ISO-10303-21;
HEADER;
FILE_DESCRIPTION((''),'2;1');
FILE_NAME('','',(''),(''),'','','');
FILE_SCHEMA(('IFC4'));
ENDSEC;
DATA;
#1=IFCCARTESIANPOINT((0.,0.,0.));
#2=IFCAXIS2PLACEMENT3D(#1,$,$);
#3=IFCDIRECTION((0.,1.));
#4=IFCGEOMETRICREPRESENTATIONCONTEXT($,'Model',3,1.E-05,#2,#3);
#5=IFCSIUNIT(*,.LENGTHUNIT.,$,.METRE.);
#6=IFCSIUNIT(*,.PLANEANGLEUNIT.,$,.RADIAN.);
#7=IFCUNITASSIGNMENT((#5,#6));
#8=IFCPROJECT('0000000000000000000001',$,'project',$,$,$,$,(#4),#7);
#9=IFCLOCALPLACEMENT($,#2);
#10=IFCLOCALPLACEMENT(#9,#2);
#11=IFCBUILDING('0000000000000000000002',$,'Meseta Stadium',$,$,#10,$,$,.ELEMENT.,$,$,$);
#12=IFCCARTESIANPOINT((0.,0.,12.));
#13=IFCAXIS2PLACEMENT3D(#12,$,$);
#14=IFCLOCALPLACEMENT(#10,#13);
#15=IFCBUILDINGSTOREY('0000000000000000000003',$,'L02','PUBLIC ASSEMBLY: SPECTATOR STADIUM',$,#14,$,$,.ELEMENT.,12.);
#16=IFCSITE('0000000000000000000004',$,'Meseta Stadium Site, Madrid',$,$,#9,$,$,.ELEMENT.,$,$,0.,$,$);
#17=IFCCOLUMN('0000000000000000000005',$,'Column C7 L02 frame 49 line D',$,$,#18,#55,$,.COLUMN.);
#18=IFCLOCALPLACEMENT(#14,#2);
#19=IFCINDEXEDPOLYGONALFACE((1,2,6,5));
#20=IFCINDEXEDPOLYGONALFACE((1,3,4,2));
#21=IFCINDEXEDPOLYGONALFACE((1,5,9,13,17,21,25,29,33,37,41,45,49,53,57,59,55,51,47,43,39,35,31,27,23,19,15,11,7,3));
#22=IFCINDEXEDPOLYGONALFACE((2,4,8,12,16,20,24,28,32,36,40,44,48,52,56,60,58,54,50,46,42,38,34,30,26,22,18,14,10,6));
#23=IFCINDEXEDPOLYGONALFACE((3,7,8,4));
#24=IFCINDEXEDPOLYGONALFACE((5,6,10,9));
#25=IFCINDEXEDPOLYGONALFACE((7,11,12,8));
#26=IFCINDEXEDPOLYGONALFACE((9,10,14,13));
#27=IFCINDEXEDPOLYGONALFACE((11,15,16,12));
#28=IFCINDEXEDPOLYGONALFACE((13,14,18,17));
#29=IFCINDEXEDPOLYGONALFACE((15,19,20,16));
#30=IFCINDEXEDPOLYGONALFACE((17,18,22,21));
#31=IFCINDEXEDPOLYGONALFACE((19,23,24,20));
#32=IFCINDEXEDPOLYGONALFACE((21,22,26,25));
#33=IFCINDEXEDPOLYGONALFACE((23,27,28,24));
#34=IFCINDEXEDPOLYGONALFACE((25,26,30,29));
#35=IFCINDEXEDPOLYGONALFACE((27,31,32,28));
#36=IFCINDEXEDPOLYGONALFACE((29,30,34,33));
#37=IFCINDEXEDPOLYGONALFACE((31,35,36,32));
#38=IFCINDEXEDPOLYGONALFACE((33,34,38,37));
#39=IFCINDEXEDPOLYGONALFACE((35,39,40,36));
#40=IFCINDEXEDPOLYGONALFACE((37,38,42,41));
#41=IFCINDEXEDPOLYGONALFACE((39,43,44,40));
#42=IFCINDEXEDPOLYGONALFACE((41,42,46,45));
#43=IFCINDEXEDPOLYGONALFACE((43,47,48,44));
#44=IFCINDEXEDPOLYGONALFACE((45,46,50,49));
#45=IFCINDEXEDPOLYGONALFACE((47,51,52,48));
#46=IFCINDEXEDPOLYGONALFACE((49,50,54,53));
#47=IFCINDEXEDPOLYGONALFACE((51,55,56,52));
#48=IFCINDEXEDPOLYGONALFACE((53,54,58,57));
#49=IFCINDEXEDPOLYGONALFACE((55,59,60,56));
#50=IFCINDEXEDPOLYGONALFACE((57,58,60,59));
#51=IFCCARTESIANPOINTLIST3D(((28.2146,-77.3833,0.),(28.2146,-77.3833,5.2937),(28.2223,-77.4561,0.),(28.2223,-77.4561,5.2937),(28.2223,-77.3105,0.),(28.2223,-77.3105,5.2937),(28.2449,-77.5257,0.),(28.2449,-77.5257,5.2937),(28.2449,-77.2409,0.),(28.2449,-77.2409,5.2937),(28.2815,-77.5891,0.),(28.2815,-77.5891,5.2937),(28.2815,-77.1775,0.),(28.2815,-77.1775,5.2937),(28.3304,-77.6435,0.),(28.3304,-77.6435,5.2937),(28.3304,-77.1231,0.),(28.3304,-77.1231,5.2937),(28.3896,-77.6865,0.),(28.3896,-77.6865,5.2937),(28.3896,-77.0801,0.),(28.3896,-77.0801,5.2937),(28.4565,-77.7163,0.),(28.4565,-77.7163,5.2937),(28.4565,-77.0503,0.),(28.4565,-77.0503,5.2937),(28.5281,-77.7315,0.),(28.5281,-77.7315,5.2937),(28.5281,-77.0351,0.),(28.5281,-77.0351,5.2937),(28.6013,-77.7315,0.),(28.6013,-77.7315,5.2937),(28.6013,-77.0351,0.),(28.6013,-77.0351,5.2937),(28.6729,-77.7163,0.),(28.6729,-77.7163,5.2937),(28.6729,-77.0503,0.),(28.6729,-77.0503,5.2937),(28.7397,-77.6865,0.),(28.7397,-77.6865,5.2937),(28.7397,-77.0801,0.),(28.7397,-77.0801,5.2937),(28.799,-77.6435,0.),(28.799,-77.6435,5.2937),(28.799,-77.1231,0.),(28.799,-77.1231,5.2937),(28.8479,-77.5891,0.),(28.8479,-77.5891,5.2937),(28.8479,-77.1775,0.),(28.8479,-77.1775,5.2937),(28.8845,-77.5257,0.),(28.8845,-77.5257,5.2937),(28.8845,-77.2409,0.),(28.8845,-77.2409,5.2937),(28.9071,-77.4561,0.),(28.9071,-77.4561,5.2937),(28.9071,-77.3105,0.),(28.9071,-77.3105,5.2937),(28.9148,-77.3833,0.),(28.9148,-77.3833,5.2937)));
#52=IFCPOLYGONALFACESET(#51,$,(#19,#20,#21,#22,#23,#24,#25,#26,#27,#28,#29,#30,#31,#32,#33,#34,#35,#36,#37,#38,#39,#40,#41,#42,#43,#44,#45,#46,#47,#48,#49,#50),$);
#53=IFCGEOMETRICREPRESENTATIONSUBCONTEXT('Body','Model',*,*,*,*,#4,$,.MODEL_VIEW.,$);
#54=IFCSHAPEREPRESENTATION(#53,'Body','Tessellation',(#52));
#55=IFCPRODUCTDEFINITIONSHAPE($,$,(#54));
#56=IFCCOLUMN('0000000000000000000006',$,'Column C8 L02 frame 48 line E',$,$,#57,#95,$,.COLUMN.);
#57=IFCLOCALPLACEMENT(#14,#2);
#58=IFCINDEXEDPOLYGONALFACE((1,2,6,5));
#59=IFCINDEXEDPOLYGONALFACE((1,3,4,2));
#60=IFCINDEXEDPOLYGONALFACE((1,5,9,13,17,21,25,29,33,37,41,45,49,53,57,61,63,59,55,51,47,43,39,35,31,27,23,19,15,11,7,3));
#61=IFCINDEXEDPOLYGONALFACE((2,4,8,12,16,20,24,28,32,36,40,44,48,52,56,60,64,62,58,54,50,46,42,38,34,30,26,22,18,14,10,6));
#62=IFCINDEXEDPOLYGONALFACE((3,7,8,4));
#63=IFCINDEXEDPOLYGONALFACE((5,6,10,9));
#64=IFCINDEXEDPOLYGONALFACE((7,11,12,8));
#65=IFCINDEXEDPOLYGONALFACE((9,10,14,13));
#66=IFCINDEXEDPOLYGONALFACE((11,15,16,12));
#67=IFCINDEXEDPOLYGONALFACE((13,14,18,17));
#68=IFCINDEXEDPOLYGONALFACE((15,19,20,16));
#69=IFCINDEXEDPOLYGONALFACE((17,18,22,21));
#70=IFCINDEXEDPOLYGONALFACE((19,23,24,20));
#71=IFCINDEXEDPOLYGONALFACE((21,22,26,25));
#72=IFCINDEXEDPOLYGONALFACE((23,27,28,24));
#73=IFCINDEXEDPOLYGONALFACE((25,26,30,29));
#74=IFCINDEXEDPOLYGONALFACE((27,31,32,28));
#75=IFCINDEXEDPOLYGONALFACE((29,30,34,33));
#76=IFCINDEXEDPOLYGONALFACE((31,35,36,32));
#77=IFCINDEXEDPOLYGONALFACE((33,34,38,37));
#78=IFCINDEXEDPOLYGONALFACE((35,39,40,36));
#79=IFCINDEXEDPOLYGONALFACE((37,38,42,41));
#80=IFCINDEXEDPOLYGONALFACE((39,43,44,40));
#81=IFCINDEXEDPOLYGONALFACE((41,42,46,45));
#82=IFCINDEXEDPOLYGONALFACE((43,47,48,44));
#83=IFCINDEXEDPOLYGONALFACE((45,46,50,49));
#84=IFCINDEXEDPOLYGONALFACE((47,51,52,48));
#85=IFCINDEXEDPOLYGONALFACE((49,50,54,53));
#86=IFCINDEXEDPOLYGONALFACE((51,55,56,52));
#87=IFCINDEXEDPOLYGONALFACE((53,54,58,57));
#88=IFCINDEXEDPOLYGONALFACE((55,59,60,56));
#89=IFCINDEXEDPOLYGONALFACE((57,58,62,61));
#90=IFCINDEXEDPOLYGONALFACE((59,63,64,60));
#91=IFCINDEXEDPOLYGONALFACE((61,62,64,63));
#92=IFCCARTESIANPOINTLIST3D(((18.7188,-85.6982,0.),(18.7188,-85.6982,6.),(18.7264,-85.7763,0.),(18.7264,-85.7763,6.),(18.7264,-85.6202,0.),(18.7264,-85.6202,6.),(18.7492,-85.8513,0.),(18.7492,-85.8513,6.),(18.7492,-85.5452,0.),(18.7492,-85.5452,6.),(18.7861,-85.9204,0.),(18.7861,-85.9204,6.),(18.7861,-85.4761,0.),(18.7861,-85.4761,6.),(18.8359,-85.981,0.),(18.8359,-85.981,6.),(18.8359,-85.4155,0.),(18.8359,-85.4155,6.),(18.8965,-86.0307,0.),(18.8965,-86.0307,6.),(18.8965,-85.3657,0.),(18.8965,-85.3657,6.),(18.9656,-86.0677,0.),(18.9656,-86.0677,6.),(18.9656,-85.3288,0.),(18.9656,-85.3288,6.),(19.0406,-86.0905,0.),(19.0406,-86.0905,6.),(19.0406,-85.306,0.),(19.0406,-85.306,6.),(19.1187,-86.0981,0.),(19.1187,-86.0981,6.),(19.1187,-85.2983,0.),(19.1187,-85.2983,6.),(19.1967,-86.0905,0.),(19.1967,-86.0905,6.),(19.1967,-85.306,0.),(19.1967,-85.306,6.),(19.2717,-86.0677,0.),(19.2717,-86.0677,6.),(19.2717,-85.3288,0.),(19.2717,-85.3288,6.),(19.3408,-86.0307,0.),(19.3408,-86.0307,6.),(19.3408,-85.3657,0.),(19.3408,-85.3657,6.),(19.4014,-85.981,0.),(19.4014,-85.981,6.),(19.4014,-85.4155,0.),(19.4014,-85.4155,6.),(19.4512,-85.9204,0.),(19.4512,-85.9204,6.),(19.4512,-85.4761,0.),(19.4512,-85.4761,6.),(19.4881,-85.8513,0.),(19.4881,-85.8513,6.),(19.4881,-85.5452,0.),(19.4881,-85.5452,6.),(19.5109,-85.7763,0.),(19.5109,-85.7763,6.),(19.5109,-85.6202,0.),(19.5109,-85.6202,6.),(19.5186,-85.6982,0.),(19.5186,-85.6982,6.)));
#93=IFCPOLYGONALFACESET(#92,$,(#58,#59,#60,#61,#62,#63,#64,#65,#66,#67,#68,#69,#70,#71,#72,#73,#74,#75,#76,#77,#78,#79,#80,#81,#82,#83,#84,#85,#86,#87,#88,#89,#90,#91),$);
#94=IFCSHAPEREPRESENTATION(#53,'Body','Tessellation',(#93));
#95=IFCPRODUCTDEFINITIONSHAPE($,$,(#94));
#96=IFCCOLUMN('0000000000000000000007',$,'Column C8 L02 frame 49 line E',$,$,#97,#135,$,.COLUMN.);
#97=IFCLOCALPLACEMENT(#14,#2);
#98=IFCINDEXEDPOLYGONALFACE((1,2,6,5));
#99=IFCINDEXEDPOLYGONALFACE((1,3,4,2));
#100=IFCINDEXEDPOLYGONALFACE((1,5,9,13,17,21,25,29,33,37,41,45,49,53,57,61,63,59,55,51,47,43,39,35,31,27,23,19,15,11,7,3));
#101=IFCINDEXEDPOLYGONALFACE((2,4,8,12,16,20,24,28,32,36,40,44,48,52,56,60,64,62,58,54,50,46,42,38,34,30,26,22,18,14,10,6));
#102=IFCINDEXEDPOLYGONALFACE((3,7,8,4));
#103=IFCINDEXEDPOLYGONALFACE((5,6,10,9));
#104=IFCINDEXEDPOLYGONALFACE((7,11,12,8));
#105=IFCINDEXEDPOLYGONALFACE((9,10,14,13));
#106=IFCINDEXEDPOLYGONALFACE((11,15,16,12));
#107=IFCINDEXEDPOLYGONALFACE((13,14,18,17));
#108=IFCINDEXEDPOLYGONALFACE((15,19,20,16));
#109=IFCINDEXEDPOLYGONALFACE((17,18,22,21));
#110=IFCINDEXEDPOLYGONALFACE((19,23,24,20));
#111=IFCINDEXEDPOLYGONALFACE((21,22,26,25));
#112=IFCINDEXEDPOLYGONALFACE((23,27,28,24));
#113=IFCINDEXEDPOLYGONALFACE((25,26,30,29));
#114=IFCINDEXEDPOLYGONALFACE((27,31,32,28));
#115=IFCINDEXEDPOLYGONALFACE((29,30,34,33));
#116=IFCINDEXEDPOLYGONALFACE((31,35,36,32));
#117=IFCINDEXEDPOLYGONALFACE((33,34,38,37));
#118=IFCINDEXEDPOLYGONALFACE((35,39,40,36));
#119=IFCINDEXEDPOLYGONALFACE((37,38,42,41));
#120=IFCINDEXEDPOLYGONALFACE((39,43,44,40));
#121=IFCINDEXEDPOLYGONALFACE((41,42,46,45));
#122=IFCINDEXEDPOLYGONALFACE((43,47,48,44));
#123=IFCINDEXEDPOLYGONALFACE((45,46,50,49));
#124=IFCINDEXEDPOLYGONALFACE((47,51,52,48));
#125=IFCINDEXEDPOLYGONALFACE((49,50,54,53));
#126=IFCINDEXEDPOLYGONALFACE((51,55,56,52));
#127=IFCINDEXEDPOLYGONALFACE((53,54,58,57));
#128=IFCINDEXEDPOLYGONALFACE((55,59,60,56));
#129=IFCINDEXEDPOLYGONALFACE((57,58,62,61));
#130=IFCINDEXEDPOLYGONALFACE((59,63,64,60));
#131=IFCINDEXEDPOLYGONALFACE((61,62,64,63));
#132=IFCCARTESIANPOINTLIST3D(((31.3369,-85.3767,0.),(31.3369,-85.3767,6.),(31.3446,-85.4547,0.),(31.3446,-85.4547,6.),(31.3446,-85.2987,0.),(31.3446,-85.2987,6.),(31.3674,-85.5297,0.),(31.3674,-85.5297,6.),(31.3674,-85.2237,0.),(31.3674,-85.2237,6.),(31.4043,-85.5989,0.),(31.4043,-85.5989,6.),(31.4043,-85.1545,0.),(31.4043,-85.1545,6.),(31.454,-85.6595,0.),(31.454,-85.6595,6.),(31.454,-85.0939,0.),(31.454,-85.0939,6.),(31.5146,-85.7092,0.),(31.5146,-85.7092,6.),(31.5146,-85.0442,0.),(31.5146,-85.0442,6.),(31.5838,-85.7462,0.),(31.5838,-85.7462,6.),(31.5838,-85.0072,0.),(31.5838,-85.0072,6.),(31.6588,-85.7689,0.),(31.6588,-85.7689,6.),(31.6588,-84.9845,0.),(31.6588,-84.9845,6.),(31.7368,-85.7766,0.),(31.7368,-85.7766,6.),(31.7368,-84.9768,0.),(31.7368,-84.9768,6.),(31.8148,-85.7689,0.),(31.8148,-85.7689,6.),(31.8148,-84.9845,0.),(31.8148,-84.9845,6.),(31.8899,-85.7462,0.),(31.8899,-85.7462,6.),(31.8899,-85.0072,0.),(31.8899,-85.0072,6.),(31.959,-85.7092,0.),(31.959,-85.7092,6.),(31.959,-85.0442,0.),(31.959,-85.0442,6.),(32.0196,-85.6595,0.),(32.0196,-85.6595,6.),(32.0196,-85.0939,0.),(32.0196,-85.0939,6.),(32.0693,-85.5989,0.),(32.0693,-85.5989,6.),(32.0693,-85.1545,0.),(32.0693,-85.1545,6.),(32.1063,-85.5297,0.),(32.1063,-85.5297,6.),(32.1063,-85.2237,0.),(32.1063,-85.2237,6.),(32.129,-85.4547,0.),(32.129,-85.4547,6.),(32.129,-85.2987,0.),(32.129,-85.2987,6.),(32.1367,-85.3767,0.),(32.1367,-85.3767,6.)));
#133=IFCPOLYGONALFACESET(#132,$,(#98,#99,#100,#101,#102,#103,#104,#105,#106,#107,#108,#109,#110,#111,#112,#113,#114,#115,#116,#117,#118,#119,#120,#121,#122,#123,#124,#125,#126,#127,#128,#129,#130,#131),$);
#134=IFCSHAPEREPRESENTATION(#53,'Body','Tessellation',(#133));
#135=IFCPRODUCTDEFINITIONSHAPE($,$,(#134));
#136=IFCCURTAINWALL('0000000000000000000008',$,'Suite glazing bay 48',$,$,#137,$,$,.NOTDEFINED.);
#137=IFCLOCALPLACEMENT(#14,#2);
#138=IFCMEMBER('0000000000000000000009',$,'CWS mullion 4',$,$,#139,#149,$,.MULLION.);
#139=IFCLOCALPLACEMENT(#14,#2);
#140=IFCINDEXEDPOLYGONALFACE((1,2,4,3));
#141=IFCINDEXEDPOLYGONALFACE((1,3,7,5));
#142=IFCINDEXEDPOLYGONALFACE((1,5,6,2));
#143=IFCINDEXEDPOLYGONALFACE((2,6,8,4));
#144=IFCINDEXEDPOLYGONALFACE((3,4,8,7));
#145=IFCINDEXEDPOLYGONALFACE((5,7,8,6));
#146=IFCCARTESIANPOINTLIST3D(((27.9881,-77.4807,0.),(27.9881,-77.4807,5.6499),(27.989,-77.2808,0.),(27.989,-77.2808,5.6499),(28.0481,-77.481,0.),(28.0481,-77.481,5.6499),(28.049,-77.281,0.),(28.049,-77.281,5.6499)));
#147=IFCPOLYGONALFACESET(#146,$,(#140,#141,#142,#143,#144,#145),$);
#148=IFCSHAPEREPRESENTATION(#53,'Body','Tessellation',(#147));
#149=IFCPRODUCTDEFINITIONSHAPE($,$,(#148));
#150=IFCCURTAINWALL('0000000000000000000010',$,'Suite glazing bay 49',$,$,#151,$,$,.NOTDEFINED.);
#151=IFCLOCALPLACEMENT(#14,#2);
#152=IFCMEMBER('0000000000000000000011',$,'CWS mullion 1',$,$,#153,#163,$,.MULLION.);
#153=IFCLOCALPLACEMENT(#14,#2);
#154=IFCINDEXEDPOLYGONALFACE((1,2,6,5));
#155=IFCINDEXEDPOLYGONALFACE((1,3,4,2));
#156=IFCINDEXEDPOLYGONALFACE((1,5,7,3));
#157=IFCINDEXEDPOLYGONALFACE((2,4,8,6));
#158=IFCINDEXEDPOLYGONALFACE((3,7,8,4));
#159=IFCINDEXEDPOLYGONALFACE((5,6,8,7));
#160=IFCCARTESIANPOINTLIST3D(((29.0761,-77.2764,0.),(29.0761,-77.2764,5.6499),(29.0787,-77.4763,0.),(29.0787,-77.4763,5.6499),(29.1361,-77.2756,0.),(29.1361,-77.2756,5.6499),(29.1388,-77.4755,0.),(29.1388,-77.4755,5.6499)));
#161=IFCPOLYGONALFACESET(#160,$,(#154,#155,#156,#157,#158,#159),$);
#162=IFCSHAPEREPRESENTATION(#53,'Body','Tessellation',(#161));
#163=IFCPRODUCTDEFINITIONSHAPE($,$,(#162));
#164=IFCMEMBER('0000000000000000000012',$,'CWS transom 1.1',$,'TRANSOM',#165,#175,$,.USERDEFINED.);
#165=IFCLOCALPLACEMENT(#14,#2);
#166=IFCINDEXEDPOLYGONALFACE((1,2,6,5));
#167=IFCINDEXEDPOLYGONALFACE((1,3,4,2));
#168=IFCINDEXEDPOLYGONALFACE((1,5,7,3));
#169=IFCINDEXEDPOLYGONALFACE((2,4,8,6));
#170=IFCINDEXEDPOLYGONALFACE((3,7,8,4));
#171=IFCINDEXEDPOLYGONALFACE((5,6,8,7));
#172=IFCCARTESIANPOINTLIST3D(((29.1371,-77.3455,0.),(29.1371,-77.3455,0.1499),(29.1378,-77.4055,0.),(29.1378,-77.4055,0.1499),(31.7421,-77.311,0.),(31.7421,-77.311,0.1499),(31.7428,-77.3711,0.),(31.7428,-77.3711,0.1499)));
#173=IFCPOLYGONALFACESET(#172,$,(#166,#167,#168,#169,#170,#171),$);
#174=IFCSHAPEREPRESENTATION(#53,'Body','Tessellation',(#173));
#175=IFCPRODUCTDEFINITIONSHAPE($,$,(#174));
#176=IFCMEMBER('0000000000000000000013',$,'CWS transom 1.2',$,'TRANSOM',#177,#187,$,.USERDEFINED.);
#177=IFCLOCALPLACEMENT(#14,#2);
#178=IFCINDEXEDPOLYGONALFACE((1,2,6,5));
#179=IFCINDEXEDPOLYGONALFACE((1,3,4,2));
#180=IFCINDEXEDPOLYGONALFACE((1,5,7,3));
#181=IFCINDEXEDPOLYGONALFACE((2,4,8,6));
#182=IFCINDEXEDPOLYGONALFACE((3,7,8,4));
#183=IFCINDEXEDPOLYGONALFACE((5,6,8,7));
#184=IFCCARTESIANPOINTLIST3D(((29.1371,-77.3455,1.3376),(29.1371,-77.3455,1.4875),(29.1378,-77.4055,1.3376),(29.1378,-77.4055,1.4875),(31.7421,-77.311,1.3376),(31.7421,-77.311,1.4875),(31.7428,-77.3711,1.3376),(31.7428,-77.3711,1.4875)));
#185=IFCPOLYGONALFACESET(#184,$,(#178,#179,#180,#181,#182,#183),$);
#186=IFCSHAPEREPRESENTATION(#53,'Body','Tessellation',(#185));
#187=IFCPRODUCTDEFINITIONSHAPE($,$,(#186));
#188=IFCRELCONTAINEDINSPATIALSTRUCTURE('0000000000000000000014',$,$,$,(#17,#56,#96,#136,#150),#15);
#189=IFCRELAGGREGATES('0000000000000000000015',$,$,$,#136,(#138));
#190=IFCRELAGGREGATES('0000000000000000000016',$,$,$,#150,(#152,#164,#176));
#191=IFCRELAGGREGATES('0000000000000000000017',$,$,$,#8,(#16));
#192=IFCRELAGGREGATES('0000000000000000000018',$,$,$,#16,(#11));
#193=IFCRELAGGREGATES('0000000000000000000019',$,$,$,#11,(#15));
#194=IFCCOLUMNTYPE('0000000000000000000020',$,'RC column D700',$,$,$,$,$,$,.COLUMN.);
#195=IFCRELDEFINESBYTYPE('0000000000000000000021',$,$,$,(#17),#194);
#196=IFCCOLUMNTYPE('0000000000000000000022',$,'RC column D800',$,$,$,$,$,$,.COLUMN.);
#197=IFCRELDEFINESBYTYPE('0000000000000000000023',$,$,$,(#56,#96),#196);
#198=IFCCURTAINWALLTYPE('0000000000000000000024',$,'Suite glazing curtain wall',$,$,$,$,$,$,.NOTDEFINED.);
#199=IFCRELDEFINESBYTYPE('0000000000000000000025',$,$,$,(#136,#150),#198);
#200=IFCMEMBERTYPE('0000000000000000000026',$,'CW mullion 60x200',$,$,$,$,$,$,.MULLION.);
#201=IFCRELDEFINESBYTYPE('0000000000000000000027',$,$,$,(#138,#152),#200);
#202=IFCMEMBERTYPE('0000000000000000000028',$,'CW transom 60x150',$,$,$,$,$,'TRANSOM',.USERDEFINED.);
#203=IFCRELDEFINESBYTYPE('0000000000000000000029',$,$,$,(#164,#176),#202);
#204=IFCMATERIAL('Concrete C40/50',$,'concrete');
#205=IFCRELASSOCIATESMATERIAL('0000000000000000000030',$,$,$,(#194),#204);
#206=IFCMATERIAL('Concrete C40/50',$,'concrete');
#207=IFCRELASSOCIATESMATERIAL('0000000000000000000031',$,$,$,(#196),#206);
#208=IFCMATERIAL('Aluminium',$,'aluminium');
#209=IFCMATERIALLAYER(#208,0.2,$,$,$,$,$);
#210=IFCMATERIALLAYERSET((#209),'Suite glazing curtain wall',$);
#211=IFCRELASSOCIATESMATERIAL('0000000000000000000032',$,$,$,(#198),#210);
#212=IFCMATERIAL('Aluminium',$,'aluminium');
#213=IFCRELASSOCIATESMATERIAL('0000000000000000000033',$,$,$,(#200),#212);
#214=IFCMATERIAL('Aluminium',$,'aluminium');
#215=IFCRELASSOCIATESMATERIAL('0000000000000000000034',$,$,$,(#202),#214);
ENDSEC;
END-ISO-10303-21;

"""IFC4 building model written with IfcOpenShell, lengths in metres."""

from ifc_helpers import new_model, si_unit, direction, frame, origin, origin_2d, place, context, subcontext, project, spatial, rectangle, circle, extrude, material, layer, layer_set, material_profile, profile_set, type_object, element, aggregate, save


model = new_model("IFC4")

# Units and contexts
model_context = context("Model", 3, precision=1e-05, world=origin(), true_north=direction((0.0, 1.0)))
body_context = subcontext(model_context, "Body", "Model", "MODEL_VIEW")
ifc_project = project(units=[si_unit("LENGTHUNIT", "METRE"), si_unit("PLANEANGLEUNIT", "RADIAN")], contexts=[model_context])

# Site, building, storey
site_placement = place(None, origin())
site = spatial("IfcSite", under=ifc_project, at=site_placement, Name="Meseta Stadium Site, Madrid", CompositionType="ELEMENT", RefElevation=0.0)
building_placement = place(site_placement, origin())
building = spatial("IfcBuilding", under=site, at=building_placement, Name="Meseta Stadium", CompositionType="ELEMENT")
storey_placement = place(building_placement, frame((0.0, 0.0, 12.0)))
storey = spatial("IfcBuildingStorey", under=building, at=storey_placement, Name="L02", Description="PUBLIC ASSEMBLY: SPECTATOR STADIUM", CompositionType="ELEMENT", Elevation=12.0)

# Columns
ifc_material_1 = material(Name="Concrete C40/50", Category="concrete")
ifc_material_profile_1 = material_profile(ifc_material_1, circle(Radius=0.3501, at=origin_2d()), Name="RC D700")
ifc_profile_set_1 = profile_set([ifc_material_profile_1], Name="Concrete C40/50")
column_type_1 = type_object("IfcColumnType", Name="RC column D700", PredefinedType="COLUMN", material=ifc_profile_set_1)
column_placement = place(storey_placement, frame((28.5647, -77.3833, 0.0), z_axis=(0.0, 0.0, 1.0), x_axis=(1.0, 0.0, 0.0)))
element("IfcColumn", 1, at=column_placement, inside=storey, type_object=column_type_1, Name="Column C7 L02 frame 49 line D", PredefinedType="COLUMN", context=body_context, shape_type="SweptSolid", body=[
    extrude(circle(Radius=0.3501, at=origin_2d()), origin(), (0.0, 0.0, 1.0), 5.2937),
])
ifc_material_2 = material(Name="Concrete C40/50", Category="concrete")
ifc_material_profile_2 = material_profile(ifc_material_2, circle(Radius=0.3999, at=origin_2d()), Name="RC D800")
ifc_profile_set_2 = profile_set([ifc_material_profile_2], Name="Concrete C40/50")
column_type_2 = type_object("IfcColumnType", Name="RC column D800", PredefinedType="COLUMN", material=ifc_profile_set_2)
for number, where, z_axis, x_axis, name in (
    (2, (19.1187, -85.6982, 0.0), (0.0, 0.0, 1.0), (1.0, 0.0, 0.0), "Column C8 L02 frame 48 line E"),
    (3, (31.7368, -85.3767, 0.0), (0.0, 0.0, 1.0), (1.0, 0.0, 0.0), "Column C8 L02 frame 49 line E"),
):
    element("IfcColumn", number, at=place(storey_placement, frame(where, z_axis=z_axis, x_axis=x_axis)), inside=storey, type_object=column_type_2, Name=name, PredefinedType="COLUMN", context=body_context, shape_type="SweptSolid", body=[
        extrude(circle(Radius=0.3999, at=origin_2d()), origin(), (0.0, 0.0, 1.0), 6.0),
    ])

# Curtain wall, member
ifc_material_3 = material(Name="Aluminium", Category="aluminium")
ifc_layer_1 = layer(ifc_material_3, 0.2)
ifc_layer_set_1 = layer_set([ifc_layer_1], Name="Suite glazing curtain wall")
curtain_wall_type = type_object("IfcCurtainWallType", Name="Suite glazing curtain wall", PredefinedType="NOTDEFINED", material=ifc_layer_set_1)
curtain_wall_1_placement = place(storey_placement, origin())
curtain_wall_1 = element("IfcCurtainWall", 4, at=curtain_wall_1_placement, inside=storey, type_object=curtain_wall_type, Name="Suite glazing bay 48", PredefinedType="NOTDEFINED")
ifc_material_4 = material(Name="Aluminium", Category="aluminium")
ifc_material_profile_3 = material_profile(ifc_material_4, rectangle(XDim=0.2, YDim=0.0601, at=origin_2d()), Name="CW 200x60")
ifc_profile_set_3 = profile_set([ifc_material_profile_3], Name="Aluminium")
member_type_1 = type_object("IfcMemberType", Name="CW mullion 60x200", PredefinedType="MULLION", material=ifc_profile_set_3)
member_1_placement = place(storey_placement, frame((28.0186, -77.3809, 0.0), z_axis=(0.0, 0.0, 1.0), x_axis=(0.004469, 0.99999, 0.0)))
member_1 = element("IfcMember", 5, at=member_1_placement, type_object=member_type_1, Name="CWS mullion 4", PredefinedType="MULLION", context=body_context, shape_type="SweptSolid", body=[
    extrude(rectangle(XDim=0.2, YDim=0.0601, at=origin_2d()), origin(), (0.0, 0.0, 1.0), 5.6499),
])
aggregate(curtain_wall_1, [member_1])

# Curtain wall, members
curtain_wall_2_placement = place(storey_placement, origin())
curtain_wall_2 = element("IfcCurtainWall", 6, at=curtain_wall_2_placement, inside=storey, type_object=curtain_wall_type, Name="Suite glazing bay 49", PredefinedType="NOTDEFINED")
member_2_placement = place(storey_placement, frame((29.1074, -77.376, 0.0), z_axis=(0.0, 0.0, 1.0), x_axis=(-0.013281, 0.999912, 0.0)))
member_2 = element("IfcMember", 7, at=member_2_placement, type_object=member_type_1, Name="CWS mullion 1", PredefinedType="MULLION", context=body_context, shape_type="SweptSolid", body=[
    extrude(rectangle(XDim=0.2, YDim=0.0601, at=origin_2d()), origin(), (0.0, 0.0, 1.0), 5.6499),
])
ifc_material_5 = material(Name="Aluminium", Category="aluminium")
ifc_material_profile_4 = material_profile(ifc_material_5, rectangle(XDim=0.0601, YDim=0.1499, at=origin_2d()), Name="CW 60x150")
ifc_profile_set_4 = profile_set([ifc_material_profile_4], Name="Aluminium")
member_type_2 = type_object("IfcMemberType", Name="CW transom 60x150", ElementType="TRANSOM", PredefinedType="USERDEFINED", material=ifc_profile_set_4)
member_3_placement = place(storey_placement, frame((29.1375, -77.3755, 0.075), z_axis=(0.999913, 0.013213, 0.0), x_axis=(-0.013213, 0.999913, 0.0)))
member_3 = element("IfcMember", 8, at=member_3_placement, type_object=member_type_2, Name="CWS transom 1.1", ObjectType="TRANSOM", PredefinedType="USERDEFINED", context=body_context, shape_type="SweptSolid", body=[
    extrude(rectangle(XDim=0.0601, YDim=0.1499, at=origin_2d()), origin(), (0.0, 0.0, 1.0), 2.6052),
])
member_4_placement = place(storey_placement, frame((29.1375, -77.3755, 1.4126), z_axis=(0.999913, 0.013213, 0.0), x_axis=(-0.013213, 0.999913, 0.0)))
member_4 = element("IfcMember", 9, at=member_4_placement, type_object=member_type_2, Name="CWS transom 1.2", ObjectType="TRANSOM", PredefinedType="USERDEFINED", context=body_context, shape_type="SweptSolid", body=[
    extrude(rectangle(XDim=0.0601, YDim=0.1499, at=origin_2d()), origin(), (0.0, 0.0, 1.0), 2.6052),
])
aggregate(curtain_wall_2, [member_2, member_3, member_4])

save(model, "model.ifc")
